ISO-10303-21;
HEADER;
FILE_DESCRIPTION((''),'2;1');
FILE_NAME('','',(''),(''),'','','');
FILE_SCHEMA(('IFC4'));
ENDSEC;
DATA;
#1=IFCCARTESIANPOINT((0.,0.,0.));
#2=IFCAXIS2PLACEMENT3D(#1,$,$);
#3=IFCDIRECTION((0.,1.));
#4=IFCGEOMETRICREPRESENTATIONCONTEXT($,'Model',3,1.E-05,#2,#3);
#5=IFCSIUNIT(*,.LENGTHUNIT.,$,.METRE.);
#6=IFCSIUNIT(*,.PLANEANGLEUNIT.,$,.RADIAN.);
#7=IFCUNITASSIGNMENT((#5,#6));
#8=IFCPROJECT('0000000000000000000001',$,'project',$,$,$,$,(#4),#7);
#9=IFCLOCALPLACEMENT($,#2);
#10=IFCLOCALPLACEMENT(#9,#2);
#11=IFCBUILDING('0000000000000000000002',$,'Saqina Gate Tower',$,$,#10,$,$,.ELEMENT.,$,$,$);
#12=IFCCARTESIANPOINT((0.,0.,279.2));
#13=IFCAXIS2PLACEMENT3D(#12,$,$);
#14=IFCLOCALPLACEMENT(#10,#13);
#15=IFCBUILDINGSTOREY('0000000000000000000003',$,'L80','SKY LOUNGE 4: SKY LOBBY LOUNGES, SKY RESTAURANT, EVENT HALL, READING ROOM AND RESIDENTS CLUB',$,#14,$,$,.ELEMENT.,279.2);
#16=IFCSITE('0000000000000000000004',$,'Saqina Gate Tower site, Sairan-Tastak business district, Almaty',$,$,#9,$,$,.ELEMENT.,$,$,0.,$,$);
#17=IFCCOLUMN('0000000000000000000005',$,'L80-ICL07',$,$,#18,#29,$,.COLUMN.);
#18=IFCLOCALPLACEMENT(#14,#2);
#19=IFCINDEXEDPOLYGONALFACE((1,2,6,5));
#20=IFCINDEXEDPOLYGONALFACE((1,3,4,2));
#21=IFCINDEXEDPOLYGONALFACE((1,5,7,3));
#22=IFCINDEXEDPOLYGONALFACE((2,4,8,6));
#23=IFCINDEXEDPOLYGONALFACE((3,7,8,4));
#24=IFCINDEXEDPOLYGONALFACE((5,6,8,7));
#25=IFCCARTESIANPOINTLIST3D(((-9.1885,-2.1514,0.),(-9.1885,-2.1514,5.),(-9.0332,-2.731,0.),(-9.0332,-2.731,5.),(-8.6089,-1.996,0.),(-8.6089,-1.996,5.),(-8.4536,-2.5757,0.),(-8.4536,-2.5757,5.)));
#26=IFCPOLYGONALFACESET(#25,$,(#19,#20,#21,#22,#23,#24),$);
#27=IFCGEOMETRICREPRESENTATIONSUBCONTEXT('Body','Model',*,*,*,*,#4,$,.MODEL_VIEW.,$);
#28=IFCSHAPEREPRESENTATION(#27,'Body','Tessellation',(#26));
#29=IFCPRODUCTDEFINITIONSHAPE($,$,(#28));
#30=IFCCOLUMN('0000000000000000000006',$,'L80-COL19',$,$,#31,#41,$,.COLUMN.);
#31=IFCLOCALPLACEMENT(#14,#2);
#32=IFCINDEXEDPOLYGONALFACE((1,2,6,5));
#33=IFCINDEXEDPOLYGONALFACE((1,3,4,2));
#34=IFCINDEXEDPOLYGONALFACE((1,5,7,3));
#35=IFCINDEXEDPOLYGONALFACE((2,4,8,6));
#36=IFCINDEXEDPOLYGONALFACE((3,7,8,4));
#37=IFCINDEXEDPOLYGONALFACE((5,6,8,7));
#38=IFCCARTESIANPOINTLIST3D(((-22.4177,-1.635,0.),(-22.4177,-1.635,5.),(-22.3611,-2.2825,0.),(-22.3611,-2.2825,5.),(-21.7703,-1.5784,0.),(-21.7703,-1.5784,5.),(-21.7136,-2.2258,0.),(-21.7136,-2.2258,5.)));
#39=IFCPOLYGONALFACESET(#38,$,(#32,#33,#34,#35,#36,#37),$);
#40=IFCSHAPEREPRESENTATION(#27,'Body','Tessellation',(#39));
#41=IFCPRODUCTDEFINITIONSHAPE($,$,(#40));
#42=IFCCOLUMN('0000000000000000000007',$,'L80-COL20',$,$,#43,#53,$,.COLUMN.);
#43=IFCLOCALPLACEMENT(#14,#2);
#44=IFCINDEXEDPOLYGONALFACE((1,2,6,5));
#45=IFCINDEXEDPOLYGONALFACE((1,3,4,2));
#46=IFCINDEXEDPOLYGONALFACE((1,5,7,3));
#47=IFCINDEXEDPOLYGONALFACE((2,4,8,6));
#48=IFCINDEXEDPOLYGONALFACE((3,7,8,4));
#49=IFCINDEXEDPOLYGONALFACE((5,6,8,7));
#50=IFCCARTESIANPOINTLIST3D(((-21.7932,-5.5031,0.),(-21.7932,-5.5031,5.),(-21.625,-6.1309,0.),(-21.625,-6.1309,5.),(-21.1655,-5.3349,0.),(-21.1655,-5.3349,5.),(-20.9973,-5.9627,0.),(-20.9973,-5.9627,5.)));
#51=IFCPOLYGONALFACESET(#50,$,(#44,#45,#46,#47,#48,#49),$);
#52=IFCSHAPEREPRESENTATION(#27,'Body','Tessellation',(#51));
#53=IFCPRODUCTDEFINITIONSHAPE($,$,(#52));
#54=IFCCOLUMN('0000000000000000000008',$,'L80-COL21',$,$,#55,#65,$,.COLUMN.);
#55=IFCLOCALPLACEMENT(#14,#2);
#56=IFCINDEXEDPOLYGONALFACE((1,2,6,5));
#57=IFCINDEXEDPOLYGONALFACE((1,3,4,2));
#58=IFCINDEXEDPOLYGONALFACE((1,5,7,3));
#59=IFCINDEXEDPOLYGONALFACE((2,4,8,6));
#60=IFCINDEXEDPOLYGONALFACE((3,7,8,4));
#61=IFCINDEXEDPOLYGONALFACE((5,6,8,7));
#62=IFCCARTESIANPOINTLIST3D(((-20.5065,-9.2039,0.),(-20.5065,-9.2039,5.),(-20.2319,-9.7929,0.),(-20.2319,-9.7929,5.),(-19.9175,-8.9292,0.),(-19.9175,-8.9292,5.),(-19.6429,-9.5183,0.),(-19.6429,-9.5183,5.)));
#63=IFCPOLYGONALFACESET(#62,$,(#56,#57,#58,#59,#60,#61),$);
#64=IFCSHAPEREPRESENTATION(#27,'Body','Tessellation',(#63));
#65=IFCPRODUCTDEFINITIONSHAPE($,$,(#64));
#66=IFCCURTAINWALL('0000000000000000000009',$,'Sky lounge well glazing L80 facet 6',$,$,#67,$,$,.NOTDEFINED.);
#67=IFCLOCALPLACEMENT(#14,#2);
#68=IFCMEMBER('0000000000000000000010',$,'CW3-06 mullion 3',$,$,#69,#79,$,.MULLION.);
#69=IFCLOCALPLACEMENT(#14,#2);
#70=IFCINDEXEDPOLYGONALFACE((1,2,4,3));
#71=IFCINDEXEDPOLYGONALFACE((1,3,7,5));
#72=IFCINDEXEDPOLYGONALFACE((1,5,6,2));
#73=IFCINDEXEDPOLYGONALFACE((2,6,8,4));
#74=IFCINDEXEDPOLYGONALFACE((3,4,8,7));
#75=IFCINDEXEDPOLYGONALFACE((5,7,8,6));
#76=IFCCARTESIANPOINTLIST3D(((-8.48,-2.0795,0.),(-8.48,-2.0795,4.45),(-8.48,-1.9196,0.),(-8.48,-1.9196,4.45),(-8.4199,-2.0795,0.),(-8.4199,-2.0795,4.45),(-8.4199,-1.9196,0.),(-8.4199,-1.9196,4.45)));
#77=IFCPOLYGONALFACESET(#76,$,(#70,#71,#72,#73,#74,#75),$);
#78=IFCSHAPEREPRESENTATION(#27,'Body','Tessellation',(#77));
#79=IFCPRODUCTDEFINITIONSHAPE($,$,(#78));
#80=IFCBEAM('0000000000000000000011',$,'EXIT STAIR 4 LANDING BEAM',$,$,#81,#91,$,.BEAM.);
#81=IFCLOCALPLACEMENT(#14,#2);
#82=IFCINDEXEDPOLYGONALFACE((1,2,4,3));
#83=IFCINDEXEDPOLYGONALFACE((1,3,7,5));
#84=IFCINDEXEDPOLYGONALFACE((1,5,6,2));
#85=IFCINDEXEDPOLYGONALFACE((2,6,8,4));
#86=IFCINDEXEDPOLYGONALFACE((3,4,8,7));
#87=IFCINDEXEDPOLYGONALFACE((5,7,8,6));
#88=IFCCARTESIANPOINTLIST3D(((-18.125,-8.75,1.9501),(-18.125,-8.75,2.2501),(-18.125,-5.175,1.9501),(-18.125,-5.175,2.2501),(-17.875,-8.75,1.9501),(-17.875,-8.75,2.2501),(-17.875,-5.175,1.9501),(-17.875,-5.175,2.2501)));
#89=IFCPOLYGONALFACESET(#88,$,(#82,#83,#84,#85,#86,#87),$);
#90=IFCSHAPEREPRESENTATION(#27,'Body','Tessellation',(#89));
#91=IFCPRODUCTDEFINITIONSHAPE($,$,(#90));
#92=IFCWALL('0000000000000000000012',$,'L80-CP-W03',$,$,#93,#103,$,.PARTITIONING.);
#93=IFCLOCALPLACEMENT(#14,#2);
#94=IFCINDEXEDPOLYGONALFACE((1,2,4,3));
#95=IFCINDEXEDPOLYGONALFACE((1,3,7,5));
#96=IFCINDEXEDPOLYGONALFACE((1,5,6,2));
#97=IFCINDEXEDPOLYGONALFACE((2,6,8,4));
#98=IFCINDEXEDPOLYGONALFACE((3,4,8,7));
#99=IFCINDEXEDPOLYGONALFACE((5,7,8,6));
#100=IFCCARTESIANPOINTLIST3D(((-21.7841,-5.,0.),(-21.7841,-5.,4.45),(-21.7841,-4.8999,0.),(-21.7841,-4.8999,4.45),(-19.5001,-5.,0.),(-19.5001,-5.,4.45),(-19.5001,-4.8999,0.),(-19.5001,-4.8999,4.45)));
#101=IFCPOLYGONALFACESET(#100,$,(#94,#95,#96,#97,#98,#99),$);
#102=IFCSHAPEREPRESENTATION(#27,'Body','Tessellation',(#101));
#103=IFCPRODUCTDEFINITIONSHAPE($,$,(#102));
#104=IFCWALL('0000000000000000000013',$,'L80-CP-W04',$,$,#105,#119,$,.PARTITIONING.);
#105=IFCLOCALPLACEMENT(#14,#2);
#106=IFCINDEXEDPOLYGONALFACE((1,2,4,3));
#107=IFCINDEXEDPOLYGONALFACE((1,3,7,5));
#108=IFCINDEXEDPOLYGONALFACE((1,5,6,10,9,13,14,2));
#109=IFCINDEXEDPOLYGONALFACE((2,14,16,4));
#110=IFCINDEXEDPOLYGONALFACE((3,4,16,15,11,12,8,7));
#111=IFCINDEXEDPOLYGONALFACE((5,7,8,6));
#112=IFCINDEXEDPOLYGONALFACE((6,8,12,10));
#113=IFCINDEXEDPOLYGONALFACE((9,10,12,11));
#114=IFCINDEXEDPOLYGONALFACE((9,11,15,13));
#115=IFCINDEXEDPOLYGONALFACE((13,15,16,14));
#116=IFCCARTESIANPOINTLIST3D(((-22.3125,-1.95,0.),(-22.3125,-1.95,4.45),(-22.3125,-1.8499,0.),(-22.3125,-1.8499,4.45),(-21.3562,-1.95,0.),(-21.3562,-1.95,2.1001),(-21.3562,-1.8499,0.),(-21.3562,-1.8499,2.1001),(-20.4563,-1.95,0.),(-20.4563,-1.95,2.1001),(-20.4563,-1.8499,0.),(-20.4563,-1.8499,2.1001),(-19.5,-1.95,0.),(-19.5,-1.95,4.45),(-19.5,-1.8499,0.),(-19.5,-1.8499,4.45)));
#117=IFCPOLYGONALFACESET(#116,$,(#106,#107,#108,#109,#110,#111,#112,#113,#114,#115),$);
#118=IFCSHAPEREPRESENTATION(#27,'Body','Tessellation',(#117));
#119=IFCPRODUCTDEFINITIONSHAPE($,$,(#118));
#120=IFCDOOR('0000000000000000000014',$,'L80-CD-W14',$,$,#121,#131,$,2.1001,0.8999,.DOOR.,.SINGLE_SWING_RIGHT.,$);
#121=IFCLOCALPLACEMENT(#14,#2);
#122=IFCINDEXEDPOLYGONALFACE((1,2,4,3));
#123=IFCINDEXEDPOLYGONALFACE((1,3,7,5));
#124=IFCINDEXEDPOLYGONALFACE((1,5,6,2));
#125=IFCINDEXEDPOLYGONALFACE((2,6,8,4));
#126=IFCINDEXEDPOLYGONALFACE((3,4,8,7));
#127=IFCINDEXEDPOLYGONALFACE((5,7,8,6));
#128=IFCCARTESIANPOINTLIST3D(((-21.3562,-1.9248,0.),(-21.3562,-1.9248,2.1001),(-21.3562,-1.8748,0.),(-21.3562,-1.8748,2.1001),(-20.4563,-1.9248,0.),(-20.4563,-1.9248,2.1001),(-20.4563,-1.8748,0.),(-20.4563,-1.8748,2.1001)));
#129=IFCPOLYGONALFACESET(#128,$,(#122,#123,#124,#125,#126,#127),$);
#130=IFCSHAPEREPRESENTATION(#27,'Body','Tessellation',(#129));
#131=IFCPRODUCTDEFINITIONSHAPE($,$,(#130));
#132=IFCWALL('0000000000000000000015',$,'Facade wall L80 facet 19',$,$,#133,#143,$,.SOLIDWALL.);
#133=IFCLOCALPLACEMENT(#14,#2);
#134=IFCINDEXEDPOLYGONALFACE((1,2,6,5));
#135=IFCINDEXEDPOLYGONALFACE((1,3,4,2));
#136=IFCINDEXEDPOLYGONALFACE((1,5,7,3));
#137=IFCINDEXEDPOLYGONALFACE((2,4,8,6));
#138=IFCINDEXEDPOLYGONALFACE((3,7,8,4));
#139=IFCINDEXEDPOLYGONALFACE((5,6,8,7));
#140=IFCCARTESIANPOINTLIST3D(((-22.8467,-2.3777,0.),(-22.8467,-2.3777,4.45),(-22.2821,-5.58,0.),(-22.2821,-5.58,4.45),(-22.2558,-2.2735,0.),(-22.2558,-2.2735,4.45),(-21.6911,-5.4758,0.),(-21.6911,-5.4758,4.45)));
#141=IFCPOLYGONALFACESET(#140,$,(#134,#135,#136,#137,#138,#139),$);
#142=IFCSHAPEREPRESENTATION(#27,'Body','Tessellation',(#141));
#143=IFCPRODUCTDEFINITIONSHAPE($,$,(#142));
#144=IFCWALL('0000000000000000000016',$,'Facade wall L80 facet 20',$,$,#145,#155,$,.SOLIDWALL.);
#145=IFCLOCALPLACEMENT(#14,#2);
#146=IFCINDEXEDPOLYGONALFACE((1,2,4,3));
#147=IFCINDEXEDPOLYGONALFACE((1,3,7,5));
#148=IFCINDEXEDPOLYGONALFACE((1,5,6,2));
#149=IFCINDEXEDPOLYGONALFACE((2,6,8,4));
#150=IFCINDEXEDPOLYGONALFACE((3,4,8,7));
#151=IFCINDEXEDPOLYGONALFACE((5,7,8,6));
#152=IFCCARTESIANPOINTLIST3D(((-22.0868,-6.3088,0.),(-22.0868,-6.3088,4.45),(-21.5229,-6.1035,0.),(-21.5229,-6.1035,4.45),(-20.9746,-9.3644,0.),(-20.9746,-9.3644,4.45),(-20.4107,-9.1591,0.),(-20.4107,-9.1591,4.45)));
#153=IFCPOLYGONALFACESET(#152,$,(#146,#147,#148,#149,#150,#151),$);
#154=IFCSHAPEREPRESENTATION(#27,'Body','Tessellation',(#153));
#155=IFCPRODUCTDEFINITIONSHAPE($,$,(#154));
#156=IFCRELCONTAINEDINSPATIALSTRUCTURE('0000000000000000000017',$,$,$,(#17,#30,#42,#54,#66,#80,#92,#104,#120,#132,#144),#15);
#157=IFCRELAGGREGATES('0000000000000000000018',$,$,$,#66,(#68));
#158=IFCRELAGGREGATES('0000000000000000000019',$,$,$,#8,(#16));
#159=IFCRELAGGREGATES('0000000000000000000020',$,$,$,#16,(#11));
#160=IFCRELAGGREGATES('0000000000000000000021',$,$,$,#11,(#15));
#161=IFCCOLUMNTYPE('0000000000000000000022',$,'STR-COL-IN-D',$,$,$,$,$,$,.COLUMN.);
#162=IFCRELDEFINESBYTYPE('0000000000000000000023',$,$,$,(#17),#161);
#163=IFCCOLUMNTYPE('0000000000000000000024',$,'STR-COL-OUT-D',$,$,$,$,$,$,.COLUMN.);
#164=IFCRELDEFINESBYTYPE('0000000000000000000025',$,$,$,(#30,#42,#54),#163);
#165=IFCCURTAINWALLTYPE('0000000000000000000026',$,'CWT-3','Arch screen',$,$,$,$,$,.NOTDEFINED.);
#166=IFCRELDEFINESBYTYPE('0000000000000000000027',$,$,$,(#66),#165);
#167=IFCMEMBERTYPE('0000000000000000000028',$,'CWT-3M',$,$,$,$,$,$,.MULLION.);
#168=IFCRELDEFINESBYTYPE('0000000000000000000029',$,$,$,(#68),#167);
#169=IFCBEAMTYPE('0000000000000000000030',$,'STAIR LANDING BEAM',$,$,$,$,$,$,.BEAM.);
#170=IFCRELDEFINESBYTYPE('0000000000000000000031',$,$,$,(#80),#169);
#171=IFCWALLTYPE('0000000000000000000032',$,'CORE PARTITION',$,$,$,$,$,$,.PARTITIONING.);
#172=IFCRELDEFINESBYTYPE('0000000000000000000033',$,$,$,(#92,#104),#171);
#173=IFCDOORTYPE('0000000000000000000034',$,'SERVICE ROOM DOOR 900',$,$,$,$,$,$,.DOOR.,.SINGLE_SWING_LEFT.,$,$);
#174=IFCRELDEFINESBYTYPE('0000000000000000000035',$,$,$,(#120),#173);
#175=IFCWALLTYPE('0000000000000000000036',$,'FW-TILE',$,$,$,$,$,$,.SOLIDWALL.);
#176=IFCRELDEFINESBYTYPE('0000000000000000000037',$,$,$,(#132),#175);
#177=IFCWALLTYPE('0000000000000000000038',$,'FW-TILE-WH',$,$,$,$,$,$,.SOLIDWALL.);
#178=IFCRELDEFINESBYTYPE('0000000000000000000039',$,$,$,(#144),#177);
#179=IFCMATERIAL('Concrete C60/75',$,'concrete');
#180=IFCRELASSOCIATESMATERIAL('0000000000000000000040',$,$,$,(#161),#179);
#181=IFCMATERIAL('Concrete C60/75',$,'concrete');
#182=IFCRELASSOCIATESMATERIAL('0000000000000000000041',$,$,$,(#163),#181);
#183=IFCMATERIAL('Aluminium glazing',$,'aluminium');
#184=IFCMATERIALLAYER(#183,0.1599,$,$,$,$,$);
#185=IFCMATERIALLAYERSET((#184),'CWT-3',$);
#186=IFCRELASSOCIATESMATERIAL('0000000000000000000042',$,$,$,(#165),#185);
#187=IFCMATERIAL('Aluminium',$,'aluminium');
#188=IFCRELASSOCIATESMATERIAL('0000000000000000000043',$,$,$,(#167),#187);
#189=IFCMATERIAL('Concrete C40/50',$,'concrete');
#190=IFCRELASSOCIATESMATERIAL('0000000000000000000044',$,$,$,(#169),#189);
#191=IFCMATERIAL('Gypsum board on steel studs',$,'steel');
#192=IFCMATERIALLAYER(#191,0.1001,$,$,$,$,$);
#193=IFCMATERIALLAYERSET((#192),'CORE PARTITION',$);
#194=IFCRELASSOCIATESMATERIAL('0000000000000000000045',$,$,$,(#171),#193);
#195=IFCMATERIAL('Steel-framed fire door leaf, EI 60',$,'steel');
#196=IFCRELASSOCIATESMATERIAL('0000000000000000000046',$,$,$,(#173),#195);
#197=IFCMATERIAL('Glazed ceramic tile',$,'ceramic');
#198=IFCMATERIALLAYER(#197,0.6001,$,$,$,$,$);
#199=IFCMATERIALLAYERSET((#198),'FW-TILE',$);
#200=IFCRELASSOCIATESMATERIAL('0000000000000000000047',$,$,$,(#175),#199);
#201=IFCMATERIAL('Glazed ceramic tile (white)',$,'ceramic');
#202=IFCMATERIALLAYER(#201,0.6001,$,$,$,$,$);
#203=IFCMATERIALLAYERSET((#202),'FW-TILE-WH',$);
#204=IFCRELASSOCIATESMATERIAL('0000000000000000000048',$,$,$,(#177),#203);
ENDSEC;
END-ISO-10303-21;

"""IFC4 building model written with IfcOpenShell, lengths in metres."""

from ifc_helpers import new_model, si_unit, direction, frame, frame_2d, origin, origin_2d, place, context, subcontext, project, spatial, rectangle, extrude, material, layer, layer_set, material_profile, profile_set, type_object, element, fill, aggregate, save


model = new_model("IFC4")

# Units and contexts
model_context = context("Model", 3, precision=1e-05, world=origin(), true_north=direction((0.0, 1.0)))
body_context = subcontext(model_context, "Body", "Model", "MODEL_VIEW")
ifc_project = project(units=[si_unit("LENGTHUNIT", "METRE"), si_unit("PLANEANGLEUNIT", "RADIAN")], contexts=[model_context])

# Site, building, storey
site_placement = place(None, origin())
site = spatial("IfcSite", under=ifc_project, at=site_placement, Name="Saqina Gate Tower site, Sairan-Tastak business district, Almaty", CompositionType="ELEMENT", RefElevation=0.0)
building_placement = place(site_placement, origin())
building = spatial("IfcBuilding", under=site, at=building_placement, Name="Saqina Gate Tower", CompositionType="ELEMENT")
storey_placement = place(building_placement, frame((0.0, 0.0, 279.2)))
storey = spatial("IfcBuildingStorey", under=building, at=storey_placement, Name="L80", Description="SKY LOUNGE 4: SKY LOBBY LOUNGES, SKY RESTAURANT, EVENT HALL, READING ROOM AND RESIDENTS CLUB", CompositionType="ELEMENT", Elevation=279.2)

# Columns
ifc_material_1 = material(Name="Concrete C60/75", Category="concrete")
ifc_material_profile_1 = material_profile(ifc_material_1, rectangle(XDim=0.6001, YDim=0.6001, at=origin_2d()), Name="RC 600x600")
ifc_profile_set_1 = profile_set([ifc_material_profile_1], Name="Concrete C60/75")
column_type_1 = type_object("IfcColumnType", Name="STR-COL-IN-D", PredefinedType="COLUMN", material=ifc_profile_set_1)
column_placement = place(storey_placement, frame((-8.821, -2.3635, 0.0), z_axis=(0.0, 0.0, 1.0), x_axis=(-0.965926, -0.258819, 0.0)))
element("IfcColumn", 1, at=column_placement, inside=storey, type_object=column_type_1, Name="L80-ICL07", PredefinedType="COLUMN", context=body_context, shape_type="SweptSolid", body=[
    extrude(rectangle(XDim=0.6001, YDim=0.6001, at=origin_2d()), origin(), (0.0, 0.0, 1.0), 5.0),
])
ifc_material_2 = material(Name="Concrete C60/75", Category="concrete")
ifc_material_profile_2 = material_profile(ifc_material_2, rectangle(XDim=0.6499, YDim=0.6499, at=origin_2d()), Name="RC 650x650")
ifc_profile_set_2 = profile_set([ifc_material_profile_2], Name="Concrete C60/75")
column_type_2 = type_object("IfcColumnType", Name="STR-COL-OUT-D", PredefinedType="COLUMN", material=ifc_profile_set_2)
for number, where, z_axis, x_axis, name in (
    (2, (-22.0657, -1.9304, 0.0), (0.0, 0.0, 1.0), (-0.996195, -0.087156, 0.0), "L80-COL19"),
    (3, (-21.3953, -5.7329, 0.0), (0.0, 0.0, 1.0), (-0.965926, -0.258819, 0.0), "L80-COL20"),
    (4, (-20.0747, -9.3611, 0.0), (0.0, 0.0, 1.0), (-0.906308, -0.422618, 0.0), "L80-COL21"),
):
    element("IfcColumn", number, at=place(storey_placement, frame(where, z_axis=z_axis, x_axis=x_axis)), inside=storey, type_object=column_type_2, Name=name, PredefinedType="COLUMN", context=body_context, shape_type="SweptSolid", body=[
        extrude(rectangle(XDim=0.6499, YDim=0.6499, at=origin_2d()), origin(), (0.0, 0.0, 1.0), 5.0),
    ])

# Curtain wall, member
ifc_material_3 = material(Name="Aluminium glazing", Category="aluminium")
ifc_layer_1 = layer(ifc_material_3, 0.1599)
ifc_layer_set_1 = layer_set([ifc_layer_1], Name="CWT-3")
curtain_wall_type = type_object("IfcCurtainWallType", Name="CWT-3", Description="Arch screen", PredefinedType="NOTDEFINED", material=ifc_layer_set_1)
curtain_wall_placement = place(storey_placement, origin())
curtain_wall = element("IfcCurtainWall", 5, at=curtain_wall_placement, inside=storey, type_object=curtain_wall_type, Name="Sky lounge well glazing L80 facet 6", PredefinedType="NOTDEFINED")
ifc_material_4 = material(Name="Aluminium", Category="aluminium")
ifc_material_profile_3 = material_profile(ifc_material_4, rectangle(XDim=0.0601, YDim=0.1599, at=origin_2d()), Name="Aluminium 60x160")
ifc_profile_set_3 = profile_set([ifc_material_profile_3], Name="Aluminium")
member_type = type_object("IfcMemberType", Name="CWT-3M", PredefinedType="MULLION", material=ifc_profile_set_3)
member_placement = place(storey_placement, frame((-8.45, -1.9995, 0.0), z_axis=(0.0, 0.0, 1.0), x_axis=(1.0, 0.0, 0.0)))
member = element("IfcMember", 6, at=member_placement, type_object=member_type, Name="CW3-06 mullion 3", PredefinedType="MULLION", context=body_context, shape_type="SweptSolid", body=[
    extrude(rectangle(XDim=0.0601, YDim=0.1599, at=origin_2d()), origin(), (0.0, 0.0, 1.0), 4.45),
])
aggregate(curtain_wall, [member])

# Beam
ifc_material_5 = material(Name="Concrete C40/50", Category="concrete")
ifc_material_profile_4 = material_profile(ifc_material_5, rectangle(XDim=0.25, YDim=0.3, at=origin_2d()), Name="STAIR LANDING BEAM")
ifc_profile_set_4 = profile_set([ifc_material_profile_4], Name="Concrete C40/50")
beam_type = type_object("IfcBeamType", Name="STAIR LANDING BEAM", PredefinedType="BEAM", material=ifc_profile_set_4)
beam_placement = place(storey_placement, frame((-18.0, -8.75, 2.1001), z_axis=(0.0, 1.0, 0.0), x_axis=(-1.0, 0.0, 0.0)))
element("IfcBeam", 7, at=beam_placement, inside=storey, type_object=beam_type, Name="EXIT STAIR 4 LANDING BEAM", PredefinedType="BEAM", context=body_context, shape_type="SweptSolid", body=[
    extrude(rectangle(XDim=0.25, YDim=0.3, at=origin_2d()), origin(), (0.0, 0.0, 1.0), 3.575),
])

# Wall
ifc_material_6 = material(Name="Gypsum board on steel studs", Category="steel")
ifc_layer_2 = layer(ifc_material_6, 0.1001)
ifc_layer_set_2 = layer_set([ifc_layer_2], Name="CORE PARTITION")
wall_type_1 = type_object("IfcWallType", Name="CORE PARTITION", PredefinedType="PARTITIONING", material=ifc_layer_set_2)
wall_1_placement = place(storey_placement, frame((-19.5, -4.95, 0.0), z_axis=(0.0, 0.0, 1.0), x_axis=(-1.0, 0.0, 0.0)))
element("IfcWall", 8, at=wall_1_placement, inside=storey, type_object=wall_type_1, Name="L80-CP-W03", PredefinedType="PARTITIONING", context=body_context, shape_type="SweptSolid", body=[
    extrude(rectangle(XDim=2.2839, YDim=0.1001, at=frame_2d((1.1421, 0.0))), origin(), (0.0, 0.0, 1.0), 4.45),
])

# Wall, opening, door
wall_2_placement = place(storey_placement, frame((-19.5, -1.8999, 0.0), z_axis=(0.0, 0.0, 1.0), x_axis=(-1.0, 0.0, 0.0)))
wall_2 = element("IfcWall", 9, at=wall_2_placement, inside=storey, type_object=wall_type_1, Name="L80-CP-W04", PredefinedType="PARTITIONING", context=body_context, shape_type="SweptSolid", body=[
    extrude(rectangle(XDim=2.8125, YDim=0.1001, at=frame_2d((1.4062, 0.0))), origin(), (0.0, 0.0, 1.0), 4.45),
])
opening_1_placement = place(wall_2_placement, frame((0.9563, 0.0, 0.0)))
opening_1 = element("IfcOpeningElement", 10, at=opening_1_placement, cuts=wall_2, PredefinedType="OPENING", context=body_context, shape_type="SweptSolid", body=[
    extrude(rectangle(XDim=0.8999, YDim=2.1001, at=frame_2d((0.45, 1.05))), frame((0.0, 0.062, 0.0), z_axis=(0.0, -1.0, 0.0), x_axis=(1.0, 0.0, 0.0)), (0.0, 0.0, 1.0), 0.124),
])
ifc_material_7 = material(Name="Steel-framed fire door leaf, EI 60", Category="steel")
door_type_1 = type_object("IfcDoorType", Name="SERVICE ROOM DOOR 900", OperationType="SINGLE_SWING_LEFT", PredefinedType="DOOR", material=ifc_material_7)
door_1_placement = place(opening_1_placement, origin())
door_1 = element("IfcDoor", 11, at=door_1_placement, inside=storey, type_object=door_type_1, Name="L80-CD-W14", OperationType="SINGLE_SWING_RIGHT", OverallHeight=2.1001, OverallWidth=0.8999, PredefinedType="DOOR", context=body_context, shape_type="SweptSolid", body=[
    extrude(rectangle(XDim=0.8999, YDim=2.1001, at=frame_2d((0.45, 1.05))), frame((0.0, 0.0249, 0.0), z_axis=(0.0, -1.0, 0.0), x_axis=(1.0, 0.0, 0.0)), (0.0, 0.0, 1.0), 0.05),
])
fill(opening_1, door_1)

# Walls
ifc_material_8 = material(Name="Glazed ceramic tile", Category="ceramic")
ifc_layer_3 = layer(ifc_material_8, 0.6001)
ifc_layer_set_3 = layer_set([ifc_layer_3], Name="FW-TILE")
wall_type_2 = type_object("IfcWallType", Name="FW-TILE", PredefinedType="SOLIDWALL", material=ifc_layer_set_3)
wall_3_placement = place(storey_placement, frame((-22.5513, -2.3254, 0.0), z_axis=(0.0, 0.0, 1.0), x_axis=(0.173657, -0.984806, 0.0)))
element("IfcWall", 12, at=wall_3_placement, inside=storey, type_object=wall_type_2, Name="Facade wall L80 facet 19", PredefinedType="SOLIDWALL", context=body_context, shape_type="SweptSolid", body=[
    extrude(rectangle(XDim=3.2517, YDim=0.6001, at=frame_2d((1.626, 0.0))), origin(), (0.0, 0.0, 1.0), 4.45),
])
ifc_material_9 = material(Name="Glazed ceramic tile (white)", Category="ceramic")
ifc_layer_4 = layer(ifc_material_9, 0.6001)
ifc_layer_set_4 = layer_set([ifc_layer_4], Name="FW-TILE-WH")
wall_type_3 = type_object("IfcWallType", Name="FW-TILE-WH", PredefinedType="SOLIDWALL", material=ifc_layer_set_4)
wall_4_placement = place(storey_placement, frame((-21.8049, -6.2061, 0.0), z_axis=(0.0, 0.0, 1.0), x_axis=(0.342057, -0.939679, 0.0)))
element("IfcWall", 13, at=wall_4_placement, inside=storey, type_object=wall_type_3, Name="Facade wall L80 facet 20", PredefinedType="SOLIDWALL", context=body_context, shape_type="SweptSolid", body=[
    extrude(rectangle(XDim=3.2517, YDim=0.6001, at=frame_2d((1.626, 0.0))), origin(), (0.0, 0.0, 1.0), 4.45),
])

save(model, "model.ifc")
